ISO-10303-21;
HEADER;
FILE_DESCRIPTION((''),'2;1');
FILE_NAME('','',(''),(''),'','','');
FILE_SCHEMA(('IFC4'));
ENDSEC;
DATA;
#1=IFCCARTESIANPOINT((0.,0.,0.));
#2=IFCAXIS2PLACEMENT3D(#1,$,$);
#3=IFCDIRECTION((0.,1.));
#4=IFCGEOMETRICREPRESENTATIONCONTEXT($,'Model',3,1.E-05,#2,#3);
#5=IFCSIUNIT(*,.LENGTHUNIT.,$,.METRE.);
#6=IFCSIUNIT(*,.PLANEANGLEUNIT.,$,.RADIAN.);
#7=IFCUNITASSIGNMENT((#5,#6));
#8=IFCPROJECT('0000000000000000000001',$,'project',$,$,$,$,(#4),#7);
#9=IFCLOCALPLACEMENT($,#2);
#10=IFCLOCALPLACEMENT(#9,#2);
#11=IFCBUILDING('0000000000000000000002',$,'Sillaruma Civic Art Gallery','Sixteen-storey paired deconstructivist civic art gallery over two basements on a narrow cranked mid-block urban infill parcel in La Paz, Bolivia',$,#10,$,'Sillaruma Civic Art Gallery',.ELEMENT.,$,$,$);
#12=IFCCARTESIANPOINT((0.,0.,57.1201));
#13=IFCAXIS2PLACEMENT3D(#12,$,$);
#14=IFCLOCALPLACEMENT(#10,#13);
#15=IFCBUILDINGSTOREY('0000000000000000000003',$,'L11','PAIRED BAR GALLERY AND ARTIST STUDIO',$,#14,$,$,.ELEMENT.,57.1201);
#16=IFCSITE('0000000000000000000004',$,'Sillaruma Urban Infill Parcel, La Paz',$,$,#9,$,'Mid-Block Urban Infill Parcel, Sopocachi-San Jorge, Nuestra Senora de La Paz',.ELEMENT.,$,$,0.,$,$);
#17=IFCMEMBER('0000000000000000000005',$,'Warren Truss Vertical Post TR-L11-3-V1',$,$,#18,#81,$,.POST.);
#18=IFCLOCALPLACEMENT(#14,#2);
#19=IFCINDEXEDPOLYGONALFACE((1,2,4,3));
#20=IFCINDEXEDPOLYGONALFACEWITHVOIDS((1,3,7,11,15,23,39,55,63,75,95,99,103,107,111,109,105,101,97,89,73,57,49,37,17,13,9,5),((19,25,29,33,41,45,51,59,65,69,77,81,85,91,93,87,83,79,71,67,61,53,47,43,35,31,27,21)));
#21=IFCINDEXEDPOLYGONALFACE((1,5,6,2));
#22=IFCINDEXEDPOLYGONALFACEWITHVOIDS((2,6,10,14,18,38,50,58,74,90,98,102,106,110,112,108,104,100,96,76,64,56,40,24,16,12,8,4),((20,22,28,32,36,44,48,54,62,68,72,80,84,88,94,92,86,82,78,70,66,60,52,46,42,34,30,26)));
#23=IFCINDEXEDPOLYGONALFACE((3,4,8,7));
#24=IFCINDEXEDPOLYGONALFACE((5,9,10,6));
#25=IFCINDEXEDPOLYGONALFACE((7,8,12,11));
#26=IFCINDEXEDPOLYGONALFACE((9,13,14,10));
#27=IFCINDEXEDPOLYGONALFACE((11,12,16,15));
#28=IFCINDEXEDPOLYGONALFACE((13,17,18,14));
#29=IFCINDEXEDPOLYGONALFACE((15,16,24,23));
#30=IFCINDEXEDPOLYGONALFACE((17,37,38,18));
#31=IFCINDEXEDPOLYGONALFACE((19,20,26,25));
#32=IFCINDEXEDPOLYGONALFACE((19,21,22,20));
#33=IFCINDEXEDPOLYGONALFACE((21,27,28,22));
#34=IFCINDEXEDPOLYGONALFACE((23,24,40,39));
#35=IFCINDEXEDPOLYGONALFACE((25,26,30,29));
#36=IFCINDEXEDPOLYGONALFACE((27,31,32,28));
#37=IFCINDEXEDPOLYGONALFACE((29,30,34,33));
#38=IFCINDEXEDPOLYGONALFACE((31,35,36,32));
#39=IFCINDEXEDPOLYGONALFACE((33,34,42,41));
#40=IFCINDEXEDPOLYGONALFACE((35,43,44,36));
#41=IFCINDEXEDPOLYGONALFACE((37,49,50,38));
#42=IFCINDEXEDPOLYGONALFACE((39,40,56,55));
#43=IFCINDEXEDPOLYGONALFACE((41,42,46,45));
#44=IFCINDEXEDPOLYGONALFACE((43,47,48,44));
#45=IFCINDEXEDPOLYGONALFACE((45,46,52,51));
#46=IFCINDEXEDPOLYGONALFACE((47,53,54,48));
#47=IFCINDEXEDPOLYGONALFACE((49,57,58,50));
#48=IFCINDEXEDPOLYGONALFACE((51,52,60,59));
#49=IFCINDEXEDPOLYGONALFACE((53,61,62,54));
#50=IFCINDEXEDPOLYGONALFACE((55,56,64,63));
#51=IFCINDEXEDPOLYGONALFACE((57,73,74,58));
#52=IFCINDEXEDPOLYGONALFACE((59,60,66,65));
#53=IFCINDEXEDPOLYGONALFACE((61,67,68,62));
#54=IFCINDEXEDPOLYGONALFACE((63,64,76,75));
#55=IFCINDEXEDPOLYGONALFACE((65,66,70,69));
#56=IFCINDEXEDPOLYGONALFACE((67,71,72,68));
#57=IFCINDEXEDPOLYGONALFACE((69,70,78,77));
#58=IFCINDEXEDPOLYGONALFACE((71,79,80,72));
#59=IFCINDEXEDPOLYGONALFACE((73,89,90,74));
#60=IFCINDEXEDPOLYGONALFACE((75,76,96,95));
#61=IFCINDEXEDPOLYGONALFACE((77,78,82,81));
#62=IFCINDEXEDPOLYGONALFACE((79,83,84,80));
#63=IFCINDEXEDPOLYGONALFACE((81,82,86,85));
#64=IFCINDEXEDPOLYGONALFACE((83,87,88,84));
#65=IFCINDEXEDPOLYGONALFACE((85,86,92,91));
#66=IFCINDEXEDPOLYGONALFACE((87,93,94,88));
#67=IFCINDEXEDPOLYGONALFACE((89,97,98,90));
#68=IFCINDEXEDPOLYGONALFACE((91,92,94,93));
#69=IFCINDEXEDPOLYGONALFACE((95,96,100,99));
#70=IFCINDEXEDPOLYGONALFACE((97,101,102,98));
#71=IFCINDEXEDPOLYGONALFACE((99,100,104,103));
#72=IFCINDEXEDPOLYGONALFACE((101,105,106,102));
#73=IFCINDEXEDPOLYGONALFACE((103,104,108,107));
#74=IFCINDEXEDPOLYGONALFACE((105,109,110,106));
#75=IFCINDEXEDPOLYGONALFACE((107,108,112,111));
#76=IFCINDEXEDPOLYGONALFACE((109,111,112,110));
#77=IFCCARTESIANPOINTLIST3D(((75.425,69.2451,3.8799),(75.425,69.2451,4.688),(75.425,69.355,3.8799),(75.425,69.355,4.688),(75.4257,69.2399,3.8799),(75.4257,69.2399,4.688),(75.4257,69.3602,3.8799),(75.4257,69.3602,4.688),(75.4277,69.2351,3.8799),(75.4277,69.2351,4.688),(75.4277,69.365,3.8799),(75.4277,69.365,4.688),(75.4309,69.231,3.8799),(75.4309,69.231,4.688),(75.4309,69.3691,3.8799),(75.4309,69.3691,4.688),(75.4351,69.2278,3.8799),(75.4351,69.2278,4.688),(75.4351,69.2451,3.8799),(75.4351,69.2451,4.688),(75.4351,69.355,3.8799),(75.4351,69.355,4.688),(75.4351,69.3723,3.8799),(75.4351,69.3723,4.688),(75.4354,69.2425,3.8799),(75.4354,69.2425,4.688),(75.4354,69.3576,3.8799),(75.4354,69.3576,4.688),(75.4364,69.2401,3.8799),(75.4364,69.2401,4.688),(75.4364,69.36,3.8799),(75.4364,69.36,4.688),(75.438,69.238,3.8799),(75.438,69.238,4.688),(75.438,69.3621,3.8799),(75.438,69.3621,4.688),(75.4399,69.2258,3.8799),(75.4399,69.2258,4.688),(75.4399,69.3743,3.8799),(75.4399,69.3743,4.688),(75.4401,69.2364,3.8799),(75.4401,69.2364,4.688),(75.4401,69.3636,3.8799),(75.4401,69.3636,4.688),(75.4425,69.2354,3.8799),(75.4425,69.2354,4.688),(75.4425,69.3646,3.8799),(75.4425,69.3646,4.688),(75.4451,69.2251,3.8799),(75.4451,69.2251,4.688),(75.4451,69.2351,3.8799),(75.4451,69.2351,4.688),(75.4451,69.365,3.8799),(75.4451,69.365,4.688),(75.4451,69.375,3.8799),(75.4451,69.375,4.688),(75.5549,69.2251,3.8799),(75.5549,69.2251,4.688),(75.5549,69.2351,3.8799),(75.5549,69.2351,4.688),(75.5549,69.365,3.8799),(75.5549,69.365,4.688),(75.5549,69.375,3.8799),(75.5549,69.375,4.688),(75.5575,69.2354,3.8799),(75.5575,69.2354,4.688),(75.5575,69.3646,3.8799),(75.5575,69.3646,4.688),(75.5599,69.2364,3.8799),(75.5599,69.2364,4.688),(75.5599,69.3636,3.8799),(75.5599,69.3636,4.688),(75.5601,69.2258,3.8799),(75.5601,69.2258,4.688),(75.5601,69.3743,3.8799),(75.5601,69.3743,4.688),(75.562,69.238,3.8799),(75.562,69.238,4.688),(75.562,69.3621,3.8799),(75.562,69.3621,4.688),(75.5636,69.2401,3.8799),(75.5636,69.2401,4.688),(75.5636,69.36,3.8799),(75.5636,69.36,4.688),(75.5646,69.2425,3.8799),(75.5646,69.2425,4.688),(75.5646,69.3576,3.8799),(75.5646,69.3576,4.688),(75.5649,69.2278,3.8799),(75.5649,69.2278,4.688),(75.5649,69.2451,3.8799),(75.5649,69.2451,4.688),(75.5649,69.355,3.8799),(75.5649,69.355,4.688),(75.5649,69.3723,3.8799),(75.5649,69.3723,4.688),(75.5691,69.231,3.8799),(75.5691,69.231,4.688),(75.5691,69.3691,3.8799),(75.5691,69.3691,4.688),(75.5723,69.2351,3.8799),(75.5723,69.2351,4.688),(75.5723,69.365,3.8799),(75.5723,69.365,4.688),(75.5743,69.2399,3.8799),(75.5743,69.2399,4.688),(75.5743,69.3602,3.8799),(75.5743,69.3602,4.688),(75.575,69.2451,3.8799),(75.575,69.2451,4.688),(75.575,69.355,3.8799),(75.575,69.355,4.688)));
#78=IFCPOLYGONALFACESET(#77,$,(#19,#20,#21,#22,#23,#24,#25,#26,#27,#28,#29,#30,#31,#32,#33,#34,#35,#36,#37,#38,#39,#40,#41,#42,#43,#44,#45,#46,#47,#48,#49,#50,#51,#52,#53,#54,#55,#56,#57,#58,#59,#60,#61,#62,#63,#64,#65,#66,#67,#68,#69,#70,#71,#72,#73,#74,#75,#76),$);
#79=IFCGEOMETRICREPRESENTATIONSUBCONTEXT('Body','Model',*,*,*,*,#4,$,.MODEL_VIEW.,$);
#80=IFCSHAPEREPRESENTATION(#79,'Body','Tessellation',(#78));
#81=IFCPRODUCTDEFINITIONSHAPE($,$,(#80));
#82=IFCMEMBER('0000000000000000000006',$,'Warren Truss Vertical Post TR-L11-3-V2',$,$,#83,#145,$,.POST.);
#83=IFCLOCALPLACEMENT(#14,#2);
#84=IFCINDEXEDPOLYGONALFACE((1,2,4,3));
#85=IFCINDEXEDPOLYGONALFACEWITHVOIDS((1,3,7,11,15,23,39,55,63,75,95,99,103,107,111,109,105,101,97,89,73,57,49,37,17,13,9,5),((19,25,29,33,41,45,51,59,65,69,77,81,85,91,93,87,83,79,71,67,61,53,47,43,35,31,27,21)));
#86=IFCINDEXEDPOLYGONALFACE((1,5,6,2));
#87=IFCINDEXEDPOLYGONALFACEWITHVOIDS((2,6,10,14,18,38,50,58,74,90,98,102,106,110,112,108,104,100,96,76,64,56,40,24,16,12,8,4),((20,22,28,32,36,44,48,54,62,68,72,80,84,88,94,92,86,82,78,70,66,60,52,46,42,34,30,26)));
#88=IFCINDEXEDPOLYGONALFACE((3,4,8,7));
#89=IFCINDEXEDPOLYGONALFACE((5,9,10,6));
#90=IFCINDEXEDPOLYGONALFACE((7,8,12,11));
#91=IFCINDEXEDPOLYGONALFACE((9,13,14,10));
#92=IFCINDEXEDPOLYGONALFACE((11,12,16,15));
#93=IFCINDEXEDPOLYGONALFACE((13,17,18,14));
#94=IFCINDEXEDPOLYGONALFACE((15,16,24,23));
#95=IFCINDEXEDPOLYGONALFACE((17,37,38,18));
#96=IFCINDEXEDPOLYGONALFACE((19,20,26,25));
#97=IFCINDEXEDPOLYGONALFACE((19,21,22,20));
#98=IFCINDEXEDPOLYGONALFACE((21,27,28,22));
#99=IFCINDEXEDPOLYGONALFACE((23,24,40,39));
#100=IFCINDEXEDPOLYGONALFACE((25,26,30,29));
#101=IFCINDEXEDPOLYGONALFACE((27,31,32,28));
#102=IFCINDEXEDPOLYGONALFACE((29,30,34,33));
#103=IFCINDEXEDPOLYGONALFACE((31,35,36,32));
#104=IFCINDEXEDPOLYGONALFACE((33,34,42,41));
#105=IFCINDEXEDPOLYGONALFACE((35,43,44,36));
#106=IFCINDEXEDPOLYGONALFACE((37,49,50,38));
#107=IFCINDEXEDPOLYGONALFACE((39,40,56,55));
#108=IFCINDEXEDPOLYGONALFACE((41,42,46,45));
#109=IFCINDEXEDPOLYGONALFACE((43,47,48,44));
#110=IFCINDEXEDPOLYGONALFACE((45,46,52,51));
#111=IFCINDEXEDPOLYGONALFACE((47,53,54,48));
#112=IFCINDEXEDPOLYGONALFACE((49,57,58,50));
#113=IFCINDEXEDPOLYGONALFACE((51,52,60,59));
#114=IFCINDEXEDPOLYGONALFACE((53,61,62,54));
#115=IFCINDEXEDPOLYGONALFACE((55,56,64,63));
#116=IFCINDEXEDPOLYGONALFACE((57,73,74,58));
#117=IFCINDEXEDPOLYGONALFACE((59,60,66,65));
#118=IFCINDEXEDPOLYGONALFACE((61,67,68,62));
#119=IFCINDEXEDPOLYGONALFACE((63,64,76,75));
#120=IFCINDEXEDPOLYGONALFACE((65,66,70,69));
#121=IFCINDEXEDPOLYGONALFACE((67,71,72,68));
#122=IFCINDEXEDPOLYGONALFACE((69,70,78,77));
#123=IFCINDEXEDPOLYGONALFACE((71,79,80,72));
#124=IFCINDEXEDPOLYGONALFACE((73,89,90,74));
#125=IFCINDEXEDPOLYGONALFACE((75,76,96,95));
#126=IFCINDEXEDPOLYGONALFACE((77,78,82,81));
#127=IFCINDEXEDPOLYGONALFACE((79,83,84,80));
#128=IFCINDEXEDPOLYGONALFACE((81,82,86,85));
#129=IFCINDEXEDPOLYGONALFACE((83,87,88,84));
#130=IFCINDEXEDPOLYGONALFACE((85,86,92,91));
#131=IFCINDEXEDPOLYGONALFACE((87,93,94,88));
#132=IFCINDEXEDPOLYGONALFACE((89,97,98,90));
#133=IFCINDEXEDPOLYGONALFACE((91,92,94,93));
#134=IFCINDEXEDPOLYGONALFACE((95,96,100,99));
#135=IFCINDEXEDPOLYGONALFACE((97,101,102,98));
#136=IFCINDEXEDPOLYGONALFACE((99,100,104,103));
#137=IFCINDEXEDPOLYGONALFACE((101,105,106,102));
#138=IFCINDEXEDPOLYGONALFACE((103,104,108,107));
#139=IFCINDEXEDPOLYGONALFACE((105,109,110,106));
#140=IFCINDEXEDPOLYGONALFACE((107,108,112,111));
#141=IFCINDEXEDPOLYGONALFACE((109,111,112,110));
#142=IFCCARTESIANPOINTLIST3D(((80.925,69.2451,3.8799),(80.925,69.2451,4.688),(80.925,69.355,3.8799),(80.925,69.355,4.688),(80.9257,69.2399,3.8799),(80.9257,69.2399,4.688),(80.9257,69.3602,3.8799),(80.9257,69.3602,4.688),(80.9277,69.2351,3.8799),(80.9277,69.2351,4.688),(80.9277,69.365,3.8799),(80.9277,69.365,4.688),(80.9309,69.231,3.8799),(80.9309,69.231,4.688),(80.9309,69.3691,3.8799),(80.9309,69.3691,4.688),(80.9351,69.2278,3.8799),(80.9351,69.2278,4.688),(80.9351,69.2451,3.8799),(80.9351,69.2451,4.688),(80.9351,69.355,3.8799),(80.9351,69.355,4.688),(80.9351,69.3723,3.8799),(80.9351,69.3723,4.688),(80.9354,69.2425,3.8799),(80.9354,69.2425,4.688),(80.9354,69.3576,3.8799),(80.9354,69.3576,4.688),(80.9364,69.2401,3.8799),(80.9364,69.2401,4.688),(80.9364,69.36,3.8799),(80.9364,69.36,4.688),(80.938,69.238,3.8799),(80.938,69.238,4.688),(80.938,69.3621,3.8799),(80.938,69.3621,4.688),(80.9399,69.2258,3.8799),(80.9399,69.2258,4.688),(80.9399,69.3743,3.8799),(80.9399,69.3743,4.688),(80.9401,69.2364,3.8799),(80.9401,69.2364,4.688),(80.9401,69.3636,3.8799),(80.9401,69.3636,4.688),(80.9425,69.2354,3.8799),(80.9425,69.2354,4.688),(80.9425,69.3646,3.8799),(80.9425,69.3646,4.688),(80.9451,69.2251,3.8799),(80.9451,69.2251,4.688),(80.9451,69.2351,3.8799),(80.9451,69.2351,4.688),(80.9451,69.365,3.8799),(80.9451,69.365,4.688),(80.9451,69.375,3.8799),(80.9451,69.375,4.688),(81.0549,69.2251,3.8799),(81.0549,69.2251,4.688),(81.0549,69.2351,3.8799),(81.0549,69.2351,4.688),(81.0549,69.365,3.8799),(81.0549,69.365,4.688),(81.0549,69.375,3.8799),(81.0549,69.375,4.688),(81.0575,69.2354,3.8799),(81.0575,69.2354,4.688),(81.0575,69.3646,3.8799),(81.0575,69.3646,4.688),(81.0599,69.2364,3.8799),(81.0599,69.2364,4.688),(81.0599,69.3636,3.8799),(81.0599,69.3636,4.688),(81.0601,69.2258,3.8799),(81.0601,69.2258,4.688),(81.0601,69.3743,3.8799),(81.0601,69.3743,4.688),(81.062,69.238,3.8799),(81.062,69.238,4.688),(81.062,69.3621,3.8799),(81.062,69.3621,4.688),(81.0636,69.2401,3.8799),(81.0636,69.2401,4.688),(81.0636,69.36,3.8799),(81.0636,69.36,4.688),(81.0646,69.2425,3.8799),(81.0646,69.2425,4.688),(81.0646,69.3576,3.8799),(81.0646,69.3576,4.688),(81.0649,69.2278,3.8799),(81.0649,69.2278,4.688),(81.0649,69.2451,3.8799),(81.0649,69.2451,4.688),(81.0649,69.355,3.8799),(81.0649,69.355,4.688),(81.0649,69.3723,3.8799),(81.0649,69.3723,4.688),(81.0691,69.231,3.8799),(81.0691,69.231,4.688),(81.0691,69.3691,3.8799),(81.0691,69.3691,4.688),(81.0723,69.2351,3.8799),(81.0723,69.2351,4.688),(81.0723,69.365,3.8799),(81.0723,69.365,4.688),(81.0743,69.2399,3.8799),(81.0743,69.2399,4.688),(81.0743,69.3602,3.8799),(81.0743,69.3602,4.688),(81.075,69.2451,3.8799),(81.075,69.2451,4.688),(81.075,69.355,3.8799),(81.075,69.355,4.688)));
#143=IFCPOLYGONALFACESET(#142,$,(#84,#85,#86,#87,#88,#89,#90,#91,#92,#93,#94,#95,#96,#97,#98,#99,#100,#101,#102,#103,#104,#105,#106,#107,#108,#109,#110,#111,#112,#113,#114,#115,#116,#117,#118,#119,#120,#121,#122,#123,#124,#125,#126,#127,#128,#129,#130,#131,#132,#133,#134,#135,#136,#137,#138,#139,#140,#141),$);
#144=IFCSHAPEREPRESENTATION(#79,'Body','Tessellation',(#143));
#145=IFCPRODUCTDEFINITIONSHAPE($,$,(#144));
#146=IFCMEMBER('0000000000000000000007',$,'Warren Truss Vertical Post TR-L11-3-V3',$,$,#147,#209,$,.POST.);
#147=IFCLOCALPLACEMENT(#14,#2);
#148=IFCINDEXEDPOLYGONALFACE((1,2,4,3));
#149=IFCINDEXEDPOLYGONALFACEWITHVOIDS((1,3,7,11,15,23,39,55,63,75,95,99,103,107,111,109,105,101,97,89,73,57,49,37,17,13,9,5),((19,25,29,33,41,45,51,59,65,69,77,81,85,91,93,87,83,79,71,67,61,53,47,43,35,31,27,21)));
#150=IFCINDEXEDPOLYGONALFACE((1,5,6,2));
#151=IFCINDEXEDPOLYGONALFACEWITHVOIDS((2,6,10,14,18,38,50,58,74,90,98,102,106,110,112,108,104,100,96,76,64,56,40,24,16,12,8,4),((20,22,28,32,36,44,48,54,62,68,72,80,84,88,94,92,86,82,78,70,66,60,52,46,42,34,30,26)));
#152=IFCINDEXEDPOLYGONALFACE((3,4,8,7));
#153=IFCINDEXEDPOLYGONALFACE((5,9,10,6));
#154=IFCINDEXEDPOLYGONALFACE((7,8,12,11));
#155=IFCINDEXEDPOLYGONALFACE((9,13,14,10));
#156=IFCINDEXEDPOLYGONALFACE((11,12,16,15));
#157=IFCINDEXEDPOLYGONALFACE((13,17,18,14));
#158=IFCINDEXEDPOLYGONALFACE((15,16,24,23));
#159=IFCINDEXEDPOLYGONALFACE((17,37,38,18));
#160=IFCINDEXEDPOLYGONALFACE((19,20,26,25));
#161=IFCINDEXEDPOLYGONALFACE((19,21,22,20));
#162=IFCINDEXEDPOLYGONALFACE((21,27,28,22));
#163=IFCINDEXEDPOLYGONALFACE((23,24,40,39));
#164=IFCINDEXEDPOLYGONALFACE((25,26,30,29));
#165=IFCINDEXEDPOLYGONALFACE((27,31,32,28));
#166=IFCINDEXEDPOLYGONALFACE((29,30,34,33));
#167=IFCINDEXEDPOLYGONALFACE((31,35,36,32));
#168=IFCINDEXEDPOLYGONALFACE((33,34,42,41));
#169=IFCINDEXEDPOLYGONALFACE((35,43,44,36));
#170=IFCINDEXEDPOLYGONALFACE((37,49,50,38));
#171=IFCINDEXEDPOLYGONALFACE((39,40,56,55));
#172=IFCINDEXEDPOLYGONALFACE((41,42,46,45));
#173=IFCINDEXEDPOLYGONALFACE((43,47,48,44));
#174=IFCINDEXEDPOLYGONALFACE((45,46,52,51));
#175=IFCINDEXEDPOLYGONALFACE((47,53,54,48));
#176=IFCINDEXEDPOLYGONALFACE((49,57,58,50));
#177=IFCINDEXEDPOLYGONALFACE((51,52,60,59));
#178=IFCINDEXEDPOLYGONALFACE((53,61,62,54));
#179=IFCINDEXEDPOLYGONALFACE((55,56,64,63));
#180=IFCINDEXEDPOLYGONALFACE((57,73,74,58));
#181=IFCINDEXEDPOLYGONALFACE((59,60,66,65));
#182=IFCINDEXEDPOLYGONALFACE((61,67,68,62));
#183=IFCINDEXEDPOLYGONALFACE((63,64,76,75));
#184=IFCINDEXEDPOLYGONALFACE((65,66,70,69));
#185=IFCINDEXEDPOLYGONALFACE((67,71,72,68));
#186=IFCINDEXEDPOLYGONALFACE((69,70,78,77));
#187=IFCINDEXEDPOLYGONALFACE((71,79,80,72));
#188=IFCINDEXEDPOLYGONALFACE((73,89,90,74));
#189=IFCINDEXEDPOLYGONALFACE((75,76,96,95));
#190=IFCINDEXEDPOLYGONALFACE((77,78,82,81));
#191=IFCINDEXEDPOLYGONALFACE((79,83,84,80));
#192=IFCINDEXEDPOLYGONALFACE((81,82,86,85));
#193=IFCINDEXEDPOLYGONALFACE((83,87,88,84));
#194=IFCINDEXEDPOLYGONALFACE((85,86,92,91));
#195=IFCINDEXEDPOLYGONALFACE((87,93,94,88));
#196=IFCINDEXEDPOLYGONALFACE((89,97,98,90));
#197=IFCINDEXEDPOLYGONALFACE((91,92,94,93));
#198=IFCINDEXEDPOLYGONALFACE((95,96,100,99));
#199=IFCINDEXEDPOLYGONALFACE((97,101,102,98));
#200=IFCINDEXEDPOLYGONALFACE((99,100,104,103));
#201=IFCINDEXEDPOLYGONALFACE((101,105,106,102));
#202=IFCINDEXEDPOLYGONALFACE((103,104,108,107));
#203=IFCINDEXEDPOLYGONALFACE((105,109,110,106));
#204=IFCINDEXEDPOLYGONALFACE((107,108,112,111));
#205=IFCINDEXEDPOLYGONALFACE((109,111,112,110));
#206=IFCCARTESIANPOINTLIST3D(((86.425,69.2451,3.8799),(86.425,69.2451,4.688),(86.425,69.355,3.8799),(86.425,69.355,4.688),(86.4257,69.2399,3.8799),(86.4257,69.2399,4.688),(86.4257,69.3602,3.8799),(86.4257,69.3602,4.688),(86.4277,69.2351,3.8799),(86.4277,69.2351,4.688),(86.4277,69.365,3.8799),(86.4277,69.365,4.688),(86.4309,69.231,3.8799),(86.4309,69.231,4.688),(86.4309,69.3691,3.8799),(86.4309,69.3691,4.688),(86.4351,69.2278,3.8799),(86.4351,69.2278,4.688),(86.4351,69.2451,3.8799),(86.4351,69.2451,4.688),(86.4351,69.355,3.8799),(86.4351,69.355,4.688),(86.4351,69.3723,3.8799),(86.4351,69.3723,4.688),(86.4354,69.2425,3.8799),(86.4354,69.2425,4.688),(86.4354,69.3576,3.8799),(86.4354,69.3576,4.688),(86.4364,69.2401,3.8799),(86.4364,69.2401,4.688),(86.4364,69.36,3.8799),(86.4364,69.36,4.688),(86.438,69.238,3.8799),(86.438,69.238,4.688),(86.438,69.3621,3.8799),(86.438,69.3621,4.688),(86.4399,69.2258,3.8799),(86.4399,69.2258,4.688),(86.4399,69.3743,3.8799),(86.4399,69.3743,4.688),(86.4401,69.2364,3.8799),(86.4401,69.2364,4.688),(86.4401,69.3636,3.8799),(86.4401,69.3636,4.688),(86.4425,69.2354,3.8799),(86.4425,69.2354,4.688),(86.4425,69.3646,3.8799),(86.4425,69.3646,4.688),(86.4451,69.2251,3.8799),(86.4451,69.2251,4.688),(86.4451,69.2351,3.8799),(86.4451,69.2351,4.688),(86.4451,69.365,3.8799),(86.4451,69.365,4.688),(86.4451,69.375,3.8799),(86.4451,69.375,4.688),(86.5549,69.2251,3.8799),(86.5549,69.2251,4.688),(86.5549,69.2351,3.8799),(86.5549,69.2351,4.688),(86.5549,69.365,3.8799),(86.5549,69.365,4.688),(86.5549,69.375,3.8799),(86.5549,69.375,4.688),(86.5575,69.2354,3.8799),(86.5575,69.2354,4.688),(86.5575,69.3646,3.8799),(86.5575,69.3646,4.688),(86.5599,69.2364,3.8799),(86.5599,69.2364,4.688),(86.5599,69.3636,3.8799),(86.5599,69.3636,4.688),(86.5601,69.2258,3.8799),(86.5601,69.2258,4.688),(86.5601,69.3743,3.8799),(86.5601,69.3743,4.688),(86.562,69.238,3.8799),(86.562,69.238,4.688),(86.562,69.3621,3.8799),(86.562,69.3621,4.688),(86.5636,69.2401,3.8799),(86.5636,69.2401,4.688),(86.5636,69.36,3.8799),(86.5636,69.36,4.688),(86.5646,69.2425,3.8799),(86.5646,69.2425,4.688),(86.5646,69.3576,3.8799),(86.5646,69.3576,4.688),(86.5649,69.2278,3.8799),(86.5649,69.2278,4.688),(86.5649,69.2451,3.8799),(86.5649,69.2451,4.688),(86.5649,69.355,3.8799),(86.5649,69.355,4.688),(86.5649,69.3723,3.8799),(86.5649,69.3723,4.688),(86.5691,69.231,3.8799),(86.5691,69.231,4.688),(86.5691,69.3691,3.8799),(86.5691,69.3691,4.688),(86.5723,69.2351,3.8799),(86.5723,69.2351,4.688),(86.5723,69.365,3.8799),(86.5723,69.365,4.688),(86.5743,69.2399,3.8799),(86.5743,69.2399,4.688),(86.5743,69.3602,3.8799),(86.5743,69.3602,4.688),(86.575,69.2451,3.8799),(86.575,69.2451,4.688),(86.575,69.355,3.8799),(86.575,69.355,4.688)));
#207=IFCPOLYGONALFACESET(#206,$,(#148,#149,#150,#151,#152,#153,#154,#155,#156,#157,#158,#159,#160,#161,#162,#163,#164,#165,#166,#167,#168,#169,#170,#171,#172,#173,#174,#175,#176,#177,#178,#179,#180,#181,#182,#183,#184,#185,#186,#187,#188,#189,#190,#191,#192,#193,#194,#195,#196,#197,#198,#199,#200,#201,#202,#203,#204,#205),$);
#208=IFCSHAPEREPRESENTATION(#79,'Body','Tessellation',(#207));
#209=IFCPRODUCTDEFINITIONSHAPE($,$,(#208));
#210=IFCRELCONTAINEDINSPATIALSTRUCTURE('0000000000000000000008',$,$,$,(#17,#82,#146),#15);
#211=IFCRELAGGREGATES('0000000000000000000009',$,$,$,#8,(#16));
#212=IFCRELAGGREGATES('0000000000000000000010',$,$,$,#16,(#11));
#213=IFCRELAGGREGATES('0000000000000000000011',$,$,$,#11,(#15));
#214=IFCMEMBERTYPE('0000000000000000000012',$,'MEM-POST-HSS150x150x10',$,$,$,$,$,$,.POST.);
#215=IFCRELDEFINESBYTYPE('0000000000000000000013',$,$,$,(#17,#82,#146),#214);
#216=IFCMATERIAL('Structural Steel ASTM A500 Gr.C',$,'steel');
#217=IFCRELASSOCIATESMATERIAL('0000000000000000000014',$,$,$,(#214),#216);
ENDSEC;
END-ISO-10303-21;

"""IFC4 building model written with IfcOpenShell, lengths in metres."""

from ifc_helpers import new_model, si_unit, direction, frame, origin, origin_2d, place, context, subcontext, project, spatial, hollow_rectangle, extrude, material, material_profile, profile_set, type_object, element, save


model = new_model("IFC4")

# Units and contexts
model_context = context("Model", 3, precision=1e-05, world=origin(), true_north=direction((0.0, 1.0)))
body_context = subcontext(model_context, "Body", "Model", "MODEL_VIEW")
ifc_project = project(units=[si_unit("LENGTHUNIT", "METRE"), si_unit("PLANEANGLEUNIT", "RADIAN")], contexts=[model_context])

# Site, building, storey
site_placement = place(None, origin())
site = spatial("IfcSite", under=ifc_project, at=site_placement, Name="Sillaruma Urban Infill Parcel, La Paz", LongName="Mid-Block Urban Infill Parcel, Sopocachi-San Jorge, Nuestra Senora de La Paz", CompositionType="ELEMENT", RefElevation=0.0)
building_placement = place(site_placement, origin())
building = spatial("IfcBuilding", under=site, at=building_placement, Name="Sillaruma Civic Art Gallery", Description="Sixteen-storey paired deconstructivist civic art gallery over two basements on a narrow cranked mid-block urban infill parcel in La Paz, Bolivia", LongName="Sillaruma Civic Art Gallery", CompositionType="ELEMENT")
storey_placement = place(building_placement, frame((0.0, 0.0, 57.1201)))
storey = spatial("IfcBuildingStorey", under=building, at=storey_placement, Name="L11", Description="PAIRED BAR GALLERY AND ARTIST STUDIO", CompositionType="ELEMENT", Elevation=57.1201)

# Shared definitions
ifc_material_1 = material(Name="Structural Steel ASTM A500 Gr.C", Category="steel")

# Members
ifc_material_profile_1 = material_profile(ifc_material_1, hollow_rectangle(XDim=0.1499, YDim=0.1499, WallThickness=0.01, InnerFilletRadius=0.01, OuterFilletRadius=0.02, at=origin_2d()), Name="HSS150x150x10")
ifc_profile_set_1 = profile_set([ifc_material_profile_1], Name="Structural Steel ASTM A500 Gr.C")
member_type_1 = type_object("IfcMemberType", Name="MEM-POST-HSS150x150x10", PredefinedType="POST", material=ifc_profile_set_1)
for number, where, z_axis, x_axis, name in (
    (1, (75.5, 69.3, 3.8799), (0.0, 0.0, 1.0), (1.0, 0.0, 0.0), "Warren Truss Vertical Post TR-L11-3-V1"),
    (2, (81.0, 69.3, 3.8799), (0.0, 0.0, 1.0), (1.0, 0.0, 0.0), "Warren Truss Vertical Post TR-L11-3-V2"),
    (3, (86.5, 69.3, 3.8799), (0.0, 0.0, 1.0), (1.0, 0.0, 0.0), "Warren Truss Vertical Post TR-L11-3-V3"),
):
    element("IfcMember", number, at=place(storey_placement, frame(where, z_axis=z_axis, x_axis=x_axis)), inside=storey, type_object=member_type_1, Name=name, PredefinedType="POST", context=body_context, shape_type="SweptSolid", body=[
        extrude(hollow_rectangle(XDim=0.1499, YDim=0.1499, WallThickness=0.01, InnerFilletRadius=0.01, OuterFilletRadius=0.02, at=origin_2d()), origin(), (0.0, 0.0, 1.0), 0.8081),
    ])

save(model, "model.ifc")
